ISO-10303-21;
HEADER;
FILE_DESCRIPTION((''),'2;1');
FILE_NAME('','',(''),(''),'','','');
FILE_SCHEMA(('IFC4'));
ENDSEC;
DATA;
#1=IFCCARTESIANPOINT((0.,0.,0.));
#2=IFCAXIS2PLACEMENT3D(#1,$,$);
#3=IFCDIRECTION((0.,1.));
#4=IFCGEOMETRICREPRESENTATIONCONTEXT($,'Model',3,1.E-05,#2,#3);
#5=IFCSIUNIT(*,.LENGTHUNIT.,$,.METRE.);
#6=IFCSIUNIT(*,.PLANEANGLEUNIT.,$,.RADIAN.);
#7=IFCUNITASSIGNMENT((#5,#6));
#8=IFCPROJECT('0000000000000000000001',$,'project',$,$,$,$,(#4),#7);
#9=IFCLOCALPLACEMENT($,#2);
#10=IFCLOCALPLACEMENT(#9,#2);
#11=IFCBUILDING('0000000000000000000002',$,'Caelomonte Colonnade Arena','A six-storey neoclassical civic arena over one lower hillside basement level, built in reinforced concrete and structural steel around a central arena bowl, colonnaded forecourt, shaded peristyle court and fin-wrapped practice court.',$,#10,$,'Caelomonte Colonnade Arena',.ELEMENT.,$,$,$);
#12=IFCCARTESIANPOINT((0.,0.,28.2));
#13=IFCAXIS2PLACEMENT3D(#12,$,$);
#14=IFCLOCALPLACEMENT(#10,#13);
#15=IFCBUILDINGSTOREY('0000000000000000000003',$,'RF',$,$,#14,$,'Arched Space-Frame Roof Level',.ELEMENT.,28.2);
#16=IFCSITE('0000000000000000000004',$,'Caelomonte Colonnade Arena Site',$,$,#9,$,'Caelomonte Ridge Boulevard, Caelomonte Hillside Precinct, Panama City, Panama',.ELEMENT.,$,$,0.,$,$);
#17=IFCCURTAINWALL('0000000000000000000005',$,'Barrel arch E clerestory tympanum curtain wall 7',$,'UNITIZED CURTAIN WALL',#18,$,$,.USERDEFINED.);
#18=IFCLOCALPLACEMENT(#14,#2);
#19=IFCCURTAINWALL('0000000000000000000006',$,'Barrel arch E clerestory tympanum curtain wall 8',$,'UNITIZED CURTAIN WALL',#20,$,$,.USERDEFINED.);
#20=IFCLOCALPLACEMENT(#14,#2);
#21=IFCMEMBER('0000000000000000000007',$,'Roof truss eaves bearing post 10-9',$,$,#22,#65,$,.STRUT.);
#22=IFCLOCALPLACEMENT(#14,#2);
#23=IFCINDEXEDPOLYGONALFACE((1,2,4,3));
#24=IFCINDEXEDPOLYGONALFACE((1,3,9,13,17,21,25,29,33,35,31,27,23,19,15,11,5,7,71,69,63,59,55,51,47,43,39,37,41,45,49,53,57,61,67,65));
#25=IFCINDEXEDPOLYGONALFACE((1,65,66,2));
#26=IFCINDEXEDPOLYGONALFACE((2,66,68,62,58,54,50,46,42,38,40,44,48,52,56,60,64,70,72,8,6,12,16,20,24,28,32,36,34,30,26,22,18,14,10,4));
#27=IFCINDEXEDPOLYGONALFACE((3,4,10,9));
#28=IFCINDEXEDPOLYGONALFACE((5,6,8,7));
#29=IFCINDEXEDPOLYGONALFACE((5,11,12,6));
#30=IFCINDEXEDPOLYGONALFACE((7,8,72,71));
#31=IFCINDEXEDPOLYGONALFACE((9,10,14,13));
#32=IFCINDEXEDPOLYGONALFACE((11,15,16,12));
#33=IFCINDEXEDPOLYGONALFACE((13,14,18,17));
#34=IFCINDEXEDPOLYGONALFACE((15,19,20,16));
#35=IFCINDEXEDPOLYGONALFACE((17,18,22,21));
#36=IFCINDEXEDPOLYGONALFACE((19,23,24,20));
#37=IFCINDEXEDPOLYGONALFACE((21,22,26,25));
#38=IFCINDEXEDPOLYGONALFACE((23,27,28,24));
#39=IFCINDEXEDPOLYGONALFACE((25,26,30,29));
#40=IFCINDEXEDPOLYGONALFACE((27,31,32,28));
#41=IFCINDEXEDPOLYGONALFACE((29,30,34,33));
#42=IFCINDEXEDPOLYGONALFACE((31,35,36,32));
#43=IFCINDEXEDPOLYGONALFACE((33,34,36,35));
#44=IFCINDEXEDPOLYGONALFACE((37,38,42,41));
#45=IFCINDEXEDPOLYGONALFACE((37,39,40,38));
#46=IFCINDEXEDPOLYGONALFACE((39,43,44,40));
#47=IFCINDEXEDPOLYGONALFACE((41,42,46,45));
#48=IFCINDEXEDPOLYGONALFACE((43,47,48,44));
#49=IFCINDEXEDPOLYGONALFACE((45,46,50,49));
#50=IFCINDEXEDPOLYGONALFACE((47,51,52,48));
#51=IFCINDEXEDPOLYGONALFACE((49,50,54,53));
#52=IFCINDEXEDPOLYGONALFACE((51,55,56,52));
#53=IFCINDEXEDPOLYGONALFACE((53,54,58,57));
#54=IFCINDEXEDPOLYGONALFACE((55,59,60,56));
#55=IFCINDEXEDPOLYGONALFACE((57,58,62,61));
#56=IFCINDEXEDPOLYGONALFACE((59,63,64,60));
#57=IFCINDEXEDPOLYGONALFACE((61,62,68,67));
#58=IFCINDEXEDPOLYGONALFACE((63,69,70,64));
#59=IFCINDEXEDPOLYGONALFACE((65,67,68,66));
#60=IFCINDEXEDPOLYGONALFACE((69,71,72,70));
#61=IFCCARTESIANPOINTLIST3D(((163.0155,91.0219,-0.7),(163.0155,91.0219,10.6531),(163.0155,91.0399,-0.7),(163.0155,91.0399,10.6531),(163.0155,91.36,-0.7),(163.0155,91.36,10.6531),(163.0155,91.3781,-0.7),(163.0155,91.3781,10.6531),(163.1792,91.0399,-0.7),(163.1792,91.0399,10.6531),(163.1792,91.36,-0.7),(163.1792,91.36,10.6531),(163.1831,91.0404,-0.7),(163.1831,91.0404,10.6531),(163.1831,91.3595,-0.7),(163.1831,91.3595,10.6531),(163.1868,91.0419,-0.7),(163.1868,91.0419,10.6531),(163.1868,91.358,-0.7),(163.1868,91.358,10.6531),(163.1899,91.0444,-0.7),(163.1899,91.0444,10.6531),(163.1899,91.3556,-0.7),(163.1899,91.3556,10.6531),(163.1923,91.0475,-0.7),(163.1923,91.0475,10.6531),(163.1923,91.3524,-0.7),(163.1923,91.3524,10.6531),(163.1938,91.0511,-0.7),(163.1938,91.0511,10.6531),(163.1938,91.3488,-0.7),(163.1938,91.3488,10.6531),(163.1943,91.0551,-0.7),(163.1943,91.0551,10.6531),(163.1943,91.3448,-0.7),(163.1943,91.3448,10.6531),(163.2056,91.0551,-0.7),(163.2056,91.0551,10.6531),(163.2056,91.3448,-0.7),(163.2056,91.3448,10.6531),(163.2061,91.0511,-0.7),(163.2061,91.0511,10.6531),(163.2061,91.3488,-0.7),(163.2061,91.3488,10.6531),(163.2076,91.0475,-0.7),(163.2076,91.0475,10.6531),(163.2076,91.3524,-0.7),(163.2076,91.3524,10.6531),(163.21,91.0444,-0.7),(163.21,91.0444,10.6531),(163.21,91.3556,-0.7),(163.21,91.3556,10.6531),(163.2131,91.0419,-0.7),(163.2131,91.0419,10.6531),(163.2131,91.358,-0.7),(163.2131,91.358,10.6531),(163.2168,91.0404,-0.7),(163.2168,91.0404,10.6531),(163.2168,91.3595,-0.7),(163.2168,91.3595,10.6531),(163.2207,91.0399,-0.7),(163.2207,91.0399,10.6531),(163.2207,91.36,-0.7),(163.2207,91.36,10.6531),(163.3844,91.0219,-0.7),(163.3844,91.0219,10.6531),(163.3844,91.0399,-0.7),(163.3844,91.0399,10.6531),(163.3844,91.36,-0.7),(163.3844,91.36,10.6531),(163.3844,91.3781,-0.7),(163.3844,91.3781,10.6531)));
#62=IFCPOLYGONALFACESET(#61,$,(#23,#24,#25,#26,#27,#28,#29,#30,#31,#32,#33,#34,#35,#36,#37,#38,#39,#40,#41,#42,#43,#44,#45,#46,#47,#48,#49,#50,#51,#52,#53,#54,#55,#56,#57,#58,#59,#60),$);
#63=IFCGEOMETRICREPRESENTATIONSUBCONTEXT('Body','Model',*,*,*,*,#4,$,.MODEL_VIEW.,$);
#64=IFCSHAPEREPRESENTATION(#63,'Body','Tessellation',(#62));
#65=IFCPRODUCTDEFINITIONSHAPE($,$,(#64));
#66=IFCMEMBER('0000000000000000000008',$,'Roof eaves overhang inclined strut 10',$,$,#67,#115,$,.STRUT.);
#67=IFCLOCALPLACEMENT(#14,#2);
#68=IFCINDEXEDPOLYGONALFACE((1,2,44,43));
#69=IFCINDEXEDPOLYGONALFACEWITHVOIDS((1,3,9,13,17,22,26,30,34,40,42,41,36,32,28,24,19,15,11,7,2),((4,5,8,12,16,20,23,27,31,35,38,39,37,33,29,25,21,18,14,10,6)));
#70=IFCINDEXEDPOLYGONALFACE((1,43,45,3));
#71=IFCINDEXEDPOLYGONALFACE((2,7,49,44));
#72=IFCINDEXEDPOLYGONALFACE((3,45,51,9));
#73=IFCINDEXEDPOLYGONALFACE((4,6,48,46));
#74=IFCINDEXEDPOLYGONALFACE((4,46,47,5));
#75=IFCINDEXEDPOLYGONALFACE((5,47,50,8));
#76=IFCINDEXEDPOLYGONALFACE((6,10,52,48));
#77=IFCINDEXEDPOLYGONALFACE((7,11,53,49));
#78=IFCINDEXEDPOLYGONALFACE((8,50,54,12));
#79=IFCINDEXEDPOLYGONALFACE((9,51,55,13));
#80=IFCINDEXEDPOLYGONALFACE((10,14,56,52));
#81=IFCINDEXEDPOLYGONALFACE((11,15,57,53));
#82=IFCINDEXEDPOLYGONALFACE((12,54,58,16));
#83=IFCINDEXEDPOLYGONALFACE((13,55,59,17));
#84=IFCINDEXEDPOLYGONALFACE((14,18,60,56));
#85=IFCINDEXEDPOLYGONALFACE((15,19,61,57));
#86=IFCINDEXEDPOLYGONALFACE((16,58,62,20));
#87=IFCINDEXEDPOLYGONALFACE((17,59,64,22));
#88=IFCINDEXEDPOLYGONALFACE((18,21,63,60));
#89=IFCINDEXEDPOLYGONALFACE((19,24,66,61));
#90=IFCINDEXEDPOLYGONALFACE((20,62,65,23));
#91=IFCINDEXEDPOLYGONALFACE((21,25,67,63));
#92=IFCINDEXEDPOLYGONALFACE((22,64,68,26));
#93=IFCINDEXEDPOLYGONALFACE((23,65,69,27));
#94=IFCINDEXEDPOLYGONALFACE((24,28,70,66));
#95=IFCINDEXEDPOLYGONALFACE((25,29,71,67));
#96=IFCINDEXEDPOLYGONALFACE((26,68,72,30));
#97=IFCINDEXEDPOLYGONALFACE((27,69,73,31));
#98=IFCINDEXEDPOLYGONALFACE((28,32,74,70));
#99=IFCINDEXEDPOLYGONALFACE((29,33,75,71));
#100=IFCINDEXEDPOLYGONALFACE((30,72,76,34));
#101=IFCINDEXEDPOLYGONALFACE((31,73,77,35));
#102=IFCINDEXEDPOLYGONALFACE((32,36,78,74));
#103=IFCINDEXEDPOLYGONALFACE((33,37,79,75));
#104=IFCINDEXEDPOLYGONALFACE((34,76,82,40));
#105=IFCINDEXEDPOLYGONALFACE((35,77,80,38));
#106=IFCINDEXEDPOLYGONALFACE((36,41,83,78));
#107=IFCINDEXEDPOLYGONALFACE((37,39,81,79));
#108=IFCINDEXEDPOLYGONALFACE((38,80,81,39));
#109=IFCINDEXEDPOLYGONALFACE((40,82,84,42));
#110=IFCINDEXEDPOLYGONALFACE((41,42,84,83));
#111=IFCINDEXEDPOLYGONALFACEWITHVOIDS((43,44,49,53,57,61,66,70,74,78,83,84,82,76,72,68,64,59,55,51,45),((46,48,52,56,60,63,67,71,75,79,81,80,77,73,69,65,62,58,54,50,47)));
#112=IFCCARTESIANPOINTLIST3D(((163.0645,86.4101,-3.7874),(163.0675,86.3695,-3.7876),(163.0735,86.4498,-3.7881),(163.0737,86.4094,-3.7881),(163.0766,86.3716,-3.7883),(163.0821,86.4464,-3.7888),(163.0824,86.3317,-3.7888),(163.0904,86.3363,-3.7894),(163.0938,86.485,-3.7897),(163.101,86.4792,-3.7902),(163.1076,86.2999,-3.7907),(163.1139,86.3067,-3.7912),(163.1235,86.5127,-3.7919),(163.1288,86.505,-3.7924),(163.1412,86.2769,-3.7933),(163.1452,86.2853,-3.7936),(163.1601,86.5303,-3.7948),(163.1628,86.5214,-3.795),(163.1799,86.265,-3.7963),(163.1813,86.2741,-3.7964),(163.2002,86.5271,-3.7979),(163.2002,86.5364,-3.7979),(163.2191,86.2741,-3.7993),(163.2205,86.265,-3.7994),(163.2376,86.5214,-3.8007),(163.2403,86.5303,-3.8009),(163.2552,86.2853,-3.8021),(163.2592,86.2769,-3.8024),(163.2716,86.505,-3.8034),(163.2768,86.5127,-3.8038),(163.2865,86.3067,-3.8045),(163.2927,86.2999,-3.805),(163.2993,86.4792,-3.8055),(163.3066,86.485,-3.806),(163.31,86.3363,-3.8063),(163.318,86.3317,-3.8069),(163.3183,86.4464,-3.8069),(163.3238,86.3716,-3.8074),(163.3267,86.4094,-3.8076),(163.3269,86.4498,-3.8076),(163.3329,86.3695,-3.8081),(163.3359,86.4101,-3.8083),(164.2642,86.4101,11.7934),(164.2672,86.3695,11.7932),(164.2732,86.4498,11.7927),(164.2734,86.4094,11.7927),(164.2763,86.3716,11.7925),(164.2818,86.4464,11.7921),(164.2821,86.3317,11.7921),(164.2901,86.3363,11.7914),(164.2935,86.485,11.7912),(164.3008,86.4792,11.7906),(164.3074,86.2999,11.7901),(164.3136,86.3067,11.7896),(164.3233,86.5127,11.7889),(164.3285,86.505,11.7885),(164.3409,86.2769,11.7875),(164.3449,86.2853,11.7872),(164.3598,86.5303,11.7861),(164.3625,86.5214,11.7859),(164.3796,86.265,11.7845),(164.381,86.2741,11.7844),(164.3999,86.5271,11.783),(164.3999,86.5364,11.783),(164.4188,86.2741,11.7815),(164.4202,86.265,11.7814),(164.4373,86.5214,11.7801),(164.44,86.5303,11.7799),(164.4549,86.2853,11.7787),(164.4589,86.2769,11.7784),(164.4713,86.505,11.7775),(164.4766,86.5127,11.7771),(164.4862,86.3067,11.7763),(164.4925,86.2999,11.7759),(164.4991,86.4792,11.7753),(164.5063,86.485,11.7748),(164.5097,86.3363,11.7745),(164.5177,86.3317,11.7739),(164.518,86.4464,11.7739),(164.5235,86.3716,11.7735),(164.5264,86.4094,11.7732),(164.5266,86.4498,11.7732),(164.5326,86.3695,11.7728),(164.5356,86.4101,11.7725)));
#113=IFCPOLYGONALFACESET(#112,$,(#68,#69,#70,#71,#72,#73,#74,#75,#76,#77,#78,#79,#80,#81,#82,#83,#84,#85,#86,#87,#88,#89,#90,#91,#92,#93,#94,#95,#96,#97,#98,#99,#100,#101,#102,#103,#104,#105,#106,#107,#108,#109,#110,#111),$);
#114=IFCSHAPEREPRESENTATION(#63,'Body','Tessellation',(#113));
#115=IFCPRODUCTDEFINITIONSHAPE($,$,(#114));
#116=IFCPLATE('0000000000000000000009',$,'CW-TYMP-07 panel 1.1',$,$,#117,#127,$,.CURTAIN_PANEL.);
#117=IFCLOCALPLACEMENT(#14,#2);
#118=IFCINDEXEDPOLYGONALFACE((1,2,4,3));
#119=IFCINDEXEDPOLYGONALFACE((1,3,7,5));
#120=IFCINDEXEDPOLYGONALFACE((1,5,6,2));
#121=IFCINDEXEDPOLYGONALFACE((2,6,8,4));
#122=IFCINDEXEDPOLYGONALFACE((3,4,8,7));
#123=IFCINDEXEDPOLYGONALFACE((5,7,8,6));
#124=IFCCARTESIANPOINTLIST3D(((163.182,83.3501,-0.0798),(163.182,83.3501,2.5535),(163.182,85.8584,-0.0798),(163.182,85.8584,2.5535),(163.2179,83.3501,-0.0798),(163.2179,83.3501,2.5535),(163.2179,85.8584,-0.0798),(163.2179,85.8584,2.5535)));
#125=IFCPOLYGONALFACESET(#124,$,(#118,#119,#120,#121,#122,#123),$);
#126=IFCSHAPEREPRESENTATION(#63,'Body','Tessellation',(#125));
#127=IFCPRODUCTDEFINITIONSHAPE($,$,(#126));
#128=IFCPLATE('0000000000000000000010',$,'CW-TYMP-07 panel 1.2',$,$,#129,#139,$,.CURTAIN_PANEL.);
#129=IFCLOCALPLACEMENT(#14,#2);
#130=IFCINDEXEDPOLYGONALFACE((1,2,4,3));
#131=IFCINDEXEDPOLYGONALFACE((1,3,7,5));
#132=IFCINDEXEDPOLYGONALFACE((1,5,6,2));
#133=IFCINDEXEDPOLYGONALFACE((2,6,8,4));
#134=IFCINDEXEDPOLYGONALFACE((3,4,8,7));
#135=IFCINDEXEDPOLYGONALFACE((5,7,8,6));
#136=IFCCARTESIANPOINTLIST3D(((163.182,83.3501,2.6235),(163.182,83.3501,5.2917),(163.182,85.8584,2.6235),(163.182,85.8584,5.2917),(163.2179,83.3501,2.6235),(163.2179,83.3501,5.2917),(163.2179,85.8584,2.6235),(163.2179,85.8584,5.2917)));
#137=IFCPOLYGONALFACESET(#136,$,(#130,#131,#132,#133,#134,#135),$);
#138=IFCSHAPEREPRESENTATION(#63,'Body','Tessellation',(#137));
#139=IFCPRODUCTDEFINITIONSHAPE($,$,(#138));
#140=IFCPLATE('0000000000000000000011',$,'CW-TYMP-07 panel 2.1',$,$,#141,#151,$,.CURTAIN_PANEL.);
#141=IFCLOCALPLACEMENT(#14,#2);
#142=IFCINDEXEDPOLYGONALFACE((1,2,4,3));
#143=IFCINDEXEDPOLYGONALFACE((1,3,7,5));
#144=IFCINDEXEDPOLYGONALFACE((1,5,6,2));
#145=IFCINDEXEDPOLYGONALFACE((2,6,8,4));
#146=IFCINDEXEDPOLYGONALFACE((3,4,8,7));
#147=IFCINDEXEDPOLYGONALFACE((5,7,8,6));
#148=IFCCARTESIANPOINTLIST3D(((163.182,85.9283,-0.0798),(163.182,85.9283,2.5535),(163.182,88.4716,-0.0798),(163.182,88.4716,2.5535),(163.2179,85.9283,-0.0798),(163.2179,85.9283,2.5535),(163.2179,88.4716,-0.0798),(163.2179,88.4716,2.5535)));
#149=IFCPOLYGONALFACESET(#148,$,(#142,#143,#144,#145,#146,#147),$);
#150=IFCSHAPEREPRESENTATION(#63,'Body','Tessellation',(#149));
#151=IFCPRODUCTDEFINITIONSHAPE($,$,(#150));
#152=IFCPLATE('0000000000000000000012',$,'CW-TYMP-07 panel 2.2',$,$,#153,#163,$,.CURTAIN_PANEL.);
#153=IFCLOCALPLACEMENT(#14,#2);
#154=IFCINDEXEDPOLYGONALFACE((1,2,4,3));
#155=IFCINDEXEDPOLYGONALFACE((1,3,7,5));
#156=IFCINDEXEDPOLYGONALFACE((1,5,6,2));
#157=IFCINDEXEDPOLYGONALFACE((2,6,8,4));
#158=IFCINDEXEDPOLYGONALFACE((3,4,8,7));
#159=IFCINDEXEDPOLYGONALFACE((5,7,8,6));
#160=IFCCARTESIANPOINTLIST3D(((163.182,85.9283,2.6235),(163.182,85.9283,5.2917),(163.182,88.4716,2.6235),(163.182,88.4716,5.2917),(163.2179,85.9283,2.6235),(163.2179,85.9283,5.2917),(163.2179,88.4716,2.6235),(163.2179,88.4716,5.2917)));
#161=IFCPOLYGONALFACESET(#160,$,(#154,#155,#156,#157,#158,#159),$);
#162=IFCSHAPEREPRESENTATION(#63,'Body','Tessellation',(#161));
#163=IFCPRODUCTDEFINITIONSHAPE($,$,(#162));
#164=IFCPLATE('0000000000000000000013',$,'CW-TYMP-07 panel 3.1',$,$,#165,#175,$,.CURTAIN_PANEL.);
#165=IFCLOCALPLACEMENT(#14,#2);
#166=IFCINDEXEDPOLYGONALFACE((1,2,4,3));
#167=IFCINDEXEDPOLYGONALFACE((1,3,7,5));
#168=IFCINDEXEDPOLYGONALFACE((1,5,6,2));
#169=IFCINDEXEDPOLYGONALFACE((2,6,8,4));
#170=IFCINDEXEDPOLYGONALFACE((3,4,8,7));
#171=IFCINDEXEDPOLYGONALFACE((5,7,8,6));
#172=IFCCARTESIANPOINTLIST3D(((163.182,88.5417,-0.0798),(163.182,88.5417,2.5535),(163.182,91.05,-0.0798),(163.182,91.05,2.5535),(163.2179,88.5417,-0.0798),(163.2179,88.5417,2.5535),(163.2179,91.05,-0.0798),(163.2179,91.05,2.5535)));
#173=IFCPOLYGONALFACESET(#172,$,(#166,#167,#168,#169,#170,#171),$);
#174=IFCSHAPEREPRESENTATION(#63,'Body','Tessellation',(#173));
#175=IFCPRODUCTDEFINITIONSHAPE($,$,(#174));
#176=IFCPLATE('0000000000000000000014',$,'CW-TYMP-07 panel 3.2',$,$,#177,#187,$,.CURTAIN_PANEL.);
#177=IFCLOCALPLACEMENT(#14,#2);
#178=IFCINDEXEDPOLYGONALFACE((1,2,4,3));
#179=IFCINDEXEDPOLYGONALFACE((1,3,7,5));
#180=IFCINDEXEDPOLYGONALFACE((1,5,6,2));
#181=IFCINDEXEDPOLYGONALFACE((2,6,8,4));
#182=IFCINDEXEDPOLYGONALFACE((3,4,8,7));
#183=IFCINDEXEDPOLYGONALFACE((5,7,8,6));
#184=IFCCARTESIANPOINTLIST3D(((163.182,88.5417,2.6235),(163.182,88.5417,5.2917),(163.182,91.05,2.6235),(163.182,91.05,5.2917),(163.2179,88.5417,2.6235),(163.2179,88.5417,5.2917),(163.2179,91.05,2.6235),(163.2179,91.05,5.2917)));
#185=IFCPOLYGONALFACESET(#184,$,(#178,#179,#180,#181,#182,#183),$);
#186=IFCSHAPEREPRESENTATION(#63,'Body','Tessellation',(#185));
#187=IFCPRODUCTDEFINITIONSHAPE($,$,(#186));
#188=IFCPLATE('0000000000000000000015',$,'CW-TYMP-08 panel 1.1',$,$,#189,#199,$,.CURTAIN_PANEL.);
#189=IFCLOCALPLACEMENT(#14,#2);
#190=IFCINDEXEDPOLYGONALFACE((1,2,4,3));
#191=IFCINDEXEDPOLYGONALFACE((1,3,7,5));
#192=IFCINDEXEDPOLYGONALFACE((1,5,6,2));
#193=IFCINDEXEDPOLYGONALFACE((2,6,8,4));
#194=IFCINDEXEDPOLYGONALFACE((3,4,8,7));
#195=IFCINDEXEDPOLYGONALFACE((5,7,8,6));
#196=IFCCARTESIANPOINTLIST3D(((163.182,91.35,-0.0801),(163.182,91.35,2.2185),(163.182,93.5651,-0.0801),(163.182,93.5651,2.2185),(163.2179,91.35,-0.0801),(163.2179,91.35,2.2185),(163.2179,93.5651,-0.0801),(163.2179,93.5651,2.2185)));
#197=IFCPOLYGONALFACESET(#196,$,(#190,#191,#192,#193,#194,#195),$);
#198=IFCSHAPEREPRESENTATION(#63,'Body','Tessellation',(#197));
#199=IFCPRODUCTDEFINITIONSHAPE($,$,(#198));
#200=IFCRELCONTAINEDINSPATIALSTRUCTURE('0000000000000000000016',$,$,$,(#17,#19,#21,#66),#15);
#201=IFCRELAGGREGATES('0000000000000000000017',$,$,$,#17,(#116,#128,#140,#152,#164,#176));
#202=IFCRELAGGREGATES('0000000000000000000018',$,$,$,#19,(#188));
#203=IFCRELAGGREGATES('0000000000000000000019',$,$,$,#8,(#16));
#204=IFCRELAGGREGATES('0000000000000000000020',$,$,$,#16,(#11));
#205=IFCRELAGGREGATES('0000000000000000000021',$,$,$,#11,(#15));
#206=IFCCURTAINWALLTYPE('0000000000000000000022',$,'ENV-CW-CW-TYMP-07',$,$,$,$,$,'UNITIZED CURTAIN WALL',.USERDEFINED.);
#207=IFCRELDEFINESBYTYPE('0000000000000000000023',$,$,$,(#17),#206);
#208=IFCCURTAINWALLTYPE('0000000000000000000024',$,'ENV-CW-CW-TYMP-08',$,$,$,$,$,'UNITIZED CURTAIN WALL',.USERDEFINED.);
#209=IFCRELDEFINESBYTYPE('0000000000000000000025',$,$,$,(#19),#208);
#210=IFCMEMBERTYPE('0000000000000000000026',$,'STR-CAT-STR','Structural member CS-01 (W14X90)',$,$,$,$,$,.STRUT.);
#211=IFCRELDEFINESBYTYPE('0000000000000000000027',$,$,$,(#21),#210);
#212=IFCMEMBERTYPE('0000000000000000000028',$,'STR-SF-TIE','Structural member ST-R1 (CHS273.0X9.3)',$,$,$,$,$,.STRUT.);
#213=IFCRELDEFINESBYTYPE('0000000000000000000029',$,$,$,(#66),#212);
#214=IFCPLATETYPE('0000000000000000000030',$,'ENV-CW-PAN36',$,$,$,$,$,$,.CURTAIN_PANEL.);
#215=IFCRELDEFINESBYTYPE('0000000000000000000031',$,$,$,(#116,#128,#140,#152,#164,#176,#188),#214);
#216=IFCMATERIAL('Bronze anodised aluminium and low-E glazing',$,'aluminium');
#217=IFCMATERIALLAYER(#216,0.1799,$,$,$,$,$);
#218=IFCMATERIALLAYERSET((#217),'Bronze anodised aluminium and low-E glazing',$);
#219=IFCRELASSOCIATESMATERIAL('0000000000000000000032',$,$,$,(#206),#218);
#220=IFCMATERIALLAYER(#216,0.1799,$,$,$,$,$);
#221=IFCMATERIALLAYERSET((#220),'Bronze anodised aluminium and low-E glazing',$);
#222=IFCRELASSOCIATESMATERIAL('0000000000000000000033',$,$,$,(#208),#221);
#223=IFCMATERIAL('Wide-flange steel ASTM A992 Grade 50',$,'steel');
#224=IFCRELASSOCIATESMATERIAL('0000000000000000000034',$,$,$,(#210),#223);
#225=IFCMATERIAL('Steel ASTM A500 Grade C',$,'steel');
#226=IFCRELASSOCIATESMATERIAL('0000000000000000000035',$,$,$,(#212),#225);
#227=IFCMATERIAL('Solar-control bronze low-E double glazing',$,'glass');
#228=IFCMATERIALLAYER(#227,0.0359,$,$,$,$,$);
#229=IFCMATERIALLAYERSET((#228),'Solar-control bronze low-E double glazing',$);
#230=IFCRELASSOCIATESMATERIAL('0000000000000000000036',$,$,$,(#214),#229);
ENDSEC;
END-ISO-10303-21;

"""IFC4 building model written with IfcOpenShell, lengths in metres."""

from ifc_helpers import new_model, si_unit, direction, frame, origin, origin_2d, place, context, subcontext, project, spatial, rectangle, hollow_circle, i_section, extrude, material, layer, layer_set, material_profile, profile_set, type_object, element, aggregate, save


model = new_model("IFC4")

# Units and contexts
model_context = context("Model", 3, precision=1e-05, world=origin(), true_north=direction((0.0, 1.0)))
body_context = subcontext(model_context, "Body", "Model", "MODEL_VIEW")
ifc_project = project(units=[si_unit("LENGTHUNIT", "METRE"), si_unit("PLANEANGLEUNIT", "RADIAN")], contexts=[model_context])

# Site, building, storey
site_placement = place(None, origin())
site = spatial("IfcSite", under=ifc_project, at=site_placement, Name="Caelomonte Colonnade Arena Site", LongName="Caelomonte Ridge Boulevard, Caelomonte Hillside Precinct, Panama City, Panama", CompositionType="ELEMENT", RefElevation=0.0)
building_placement = place(site_placement, origin())
building = spatial("IfcBuilding", under=site, at=building_placement, Name="Caelomonte Colonnade Arena", Description="A six-storey neoclassical civic arena over one lower hillside basement level, built in reinforced concrete and structural steel around a central arena bowl, colonnaded forecourt, shaded peristyle court and fin-wrapped practice court.", LongName="Caelomonte Colonnade Arena", CompositionType="ELEMENT")
storey_placement = place(building_placement, frame((0.0, 0.0, 28.2)))
storey = spatial("IfcBuildingStorey", under=building, at=storey_placement, Name="RF", LongName="Arched Space-Frame Roof Level", CompositionType="ELEMENT", Elevation=28.2)

# Shared definitions
ifc_material_1 = material(Name="Bronze anodised aluminium and low-E glazing", Category="aluminium")

# Curtain walls
ifc_layer_1 = layer(ifc_material_1, 0.1799)
ifc_layer_set_1 = layer_set([ifc_layer_1], Name="Bronze anodised aluminium and low-E glazing")
curtain_wall_type_1 = type_object("IfcCurtainWallType", Name="ENV-CW-CW-TYMP-07", ElementType="UNITIZED CURTAIN WALL", PredefinedType="USERDEFINED", material=ifc_layer_set_1)
curtain_wall_1_placement = place(storey_placement, origin())
curtain_wall_1 = element("IfcCurtainWall", 1, at=curtain_wall_1_placement, inside=storey, type_object=curtain_wall_type_1, Name="Barrel arch E clerestory tympanum curtain wall 7", ObjectType="UNITIZED CURTAIN WALL", PredefinedType="USERDEFINED")
ifc_layer_2 = layer(ifc_material_1, 0.1799)
ifc_layer_set_2 = layer_set([ifc_layer_2], Name="Bronze anodised aluminium and low-E glazing")
curtain_wall_type_2 = type_object("IfcCurtainWallType", Name="ENV-CW-CW-TYMP-08", ElementType="UNITIZED CURTAIN WALL", PredefinedType="USERDEFINED", material=ifc_layer_set_2)
curtain_wall_2_placement = place(storey_placement, origin())
curtain_wall_2 = element("IfcCurtainWall", 2, at=curtain_wall_2_placement, inside=storey, type_object=curtain_wall_type_2, Name="Barrel arch E clerestory tympanum curtain wall 8", ObjectType="UNITIZED CURTAIN WALL", PredefinedType="USERDEFINED")

# Shared definitions
ifc_material_2 = material(Name="Wide-flange steel ASTM A992 Grade 50", Category="steel")

# Members
ifc_material_profile_1 = material_profile(ifc_material_2, i_section(OverallWidth=0.3689, OverallDepth=0.3562, WebThickness=0.0112, FlangeThickness=0.0181, FilletRadius=0.0151, at=origin_2d()), Name="W14X90")
ifc_profile_set_1 = profile_set([ifc_material_profile_1], Name="Wide-flange steel ASTM A992 Grade 50")
member_type_1 = type_object("IfcMemberType", Name="STR-CAT-STR", Description="Structural member CS-01 (W14X90)", PredefinedType="STRUT", material=ifc_profile_set_1)
member_1_placement = place(storey_placement, frame((163.2, 91.2, -0.7), z_axis=(0.0, 0.0, 1.0), x_axis=(1.0, 0.0, 0.0)))
element("IfcMember", 3, at=member_1_placement, inside=storey, type_object=member_type_1, Name="Roof truss eaves bearing post 10-9", PredefinedType="STRUT", context=body_context, shape_type="SweptSolid", body=[
    extrude(i_section(OverallWidth=0.3689, OverallDepth=0.3562, WebThickness=0.0112, FlangeThickness=0.0181, FilletRadius=0.0151, at=origin_2d()), origin(), (0.0, 0.0, 1.0), 11.353),
])
ifc_material_3 = material(Name="Steel ASTM A500 Grade C", Category="steel")
ifc_material_profile_2 = material_profile(ifc_material_3, hollow_circle(Radius=0.1365, WallThickness=0.0093, at=origin_2d()), Name="CHS273.0X9.3")
ifc_profile_set_2 = profile_set([ifc_material_profile_2], Name="Steel ASTM A500 Grade C")
member_type_2 = type_object("IfcMemberType", Name="STR-SF-TIE", Description="Structural member ST-R1 (CHS273.0X9.3)", PredefinedType="STRUT", material=ifc_profile_set_2)
member_2_placement = place(storey_placement, frame((163.2002, 86.3999, -3.7979), z_axis=(0.076772, 0.0, 0.997049), x_axis=(0.0, 1.0, 0.0)))
element("IfcMember", 4, at=member_2_placement, inside=storey, type_object=member_type_2, Name="Roof eaves overhang inclined strut 10", PredefinedType="STRUT", context=body_context, shape_type="SweptSolid", body=[
    extrude(hollow_circle(Radius=0.1365, WallThickness=0.0093, at=origin_2d()), origin(), (0.0, 0.0, 1.0), 15.627),
])

# Plates
ifc_material_4 = material(Name="Solar-control bronze low-E double glazing", Category="glass")
ifc_layer_3 = layer(ifc_material_4, 0.0359)
ifc_layer_set_3 = layer_set([ifc_layer_3], Name="Solar-control bronze low-E double glazing")
plate_type = type_object("IfcPlateType", Name="ENV-CW-PAN36", PredefinedType="CURTAIN_PANEL", material=ifc_layer_set_3)
plate_1_placement = place(storey_placement, frame((163.2, 84.6042, -0.0798), z_axis=(0.0, 0.0, 1.0), x_axis=(0.0, 1.0, 0.0)))
plate_1 = element("IfcPlate", 5, at=plate_1_placement, type_object=plate_type, Name="CW-TYMP-07 panel 1.1", PredefinedType="CURTAIN_PANEL", context=body_context, shape_type="SweptSolid", body=[
    extrude(rectangle(XDim=2.5083, YDim=0.0359, at=origin_2d()), origin(), (0.0, 0.0, 1.0), 2.6333),
])
plate_2_placement = place(storey_placement, frame((163.2, 84.6042, 2.6235), z_axis=(0.0, 0.0, 1.0), x_axis=(0.0, 1.0, 0.0)))
plate_2 = element("IfcPlate", 6, at=plate_2_placement, type_object=plate_type, Name="CW-TYMP-07 panel 1.2", PredefinedType="CURTAIN_PANEL", context=body_context, shape_type="SweptSolid", body=[
    extrude(rectangle(XDim=2.5083, YDim=0.0359, at=origin_2d()), origin(), (0.0, 0.0, 1.0), 2.6682),
])
plate_3_placement = place(storey_placement, frame((163.2, 87.2, -0.0798), z_axis=(0.0, 0.0, 1.0), x_axis=(0.0, 1.0, 0.0)))
plate_3 = element("IfcPlate", 7, at=plate_3_placement, type_object=plate_type, Name="CW-TYMP-07 panel 2.1", PredefinedType="CURTAIN_PANEL", context=body_context, shape_type="SweptSolid", body=[
    extrude(rectangle(XDim=2.5432, YDim=0.0359, at=origin_2d()), origin(), (0.0, 0.0, 1.0), 2.6333),
])
plate_4_placement = place(storey_placement, frame((163.2, 87.2, 2.6235), z_axis=(0.0, 0.0, 1.0), x_axis=(0.0, 1.0, 0.0)))
plate_4 = element("IfcPlate", 8, at=plate_4_placement, type_object=plate_type, Name="CW-TYMP-07 panel 2.2", PredefinedType="CURTAIN_PANEL", context=body_context, shape_type="SweptSolid", body=[
    extrude(rectangle(XDim=2.5432, YDim=0.0359, at=origin_2d()), origin(), (0.0, 0.0, 1.0), 2.6682),
])
plate_5_placement = place(storey_placement, frame((163.2, 89.7959, -0.0798), z_axis=(0.0, 0.0, 1.0), x_axis=(0.0, 1.0, 0.0)))
plate_5 = element("IfcPlate", 9, at=plate_5_placement, type_object=plate_type, Name="CW-TYMP-07 panel 3.1", PredefinedType="CURTAIN_PANEL", context=body_context, shape_type="SweptSolid", body=[
    extrude(rectangle(XDim=2.5083, YDim=0.0359, at=origin_2d()), origin(), (0.0, 0.0, 1.0), 2.6333),
])
plate_6_placement = place(storey_placement, frame((163.2, 89.7959, 2.6235), z_axis=(0.0, 0.0, 1.0), x_axis=(0.0, 1.0, 0.0)))
plate_6 = element("IfcPlate", 10, at=plate_6_placement, type_object=plate_type, Name="CW-TYMP-07 panel 3.2", PredefinedType="CURTAIN_PANEL", context=body_context, shape_type="SweptSolid", body=[
    extrude(rectangle(XDim=2.5083, YDim=0.0359, at=origin_2d()), origin(), (0.0, 0.0, 1.0), 2.6682),
])
aggregate(curtain_wall_1, [plate_1, plate_2, plate_3, plate_4, plate_5, plate_6])
plate_7_placement = place(storey_placement, frame((163.2, 92.4575, -0.0801), z_axis=(0.0, 0.0, 1.0), x_axis=(0.0, 1.0, 0.0)))
plate_7 = element("IfcPlate", 11, at=plate_7_placement, type_object=plate_type, Name="CW-TYMP-08 panel 1.1", PredefinedType="CURTAIN_PANEL", context=body_context, shape_type="SweptSolid", body=[
    extrude(rectangle(XDim=2.2151, YDim=0.0359, at=origin_2d()), origin(), (0.0, 0.0, 1.0), 2.2986),
])
aggregate(curtain_wall_2, [plate_7])

save(model, "model.ifc")
